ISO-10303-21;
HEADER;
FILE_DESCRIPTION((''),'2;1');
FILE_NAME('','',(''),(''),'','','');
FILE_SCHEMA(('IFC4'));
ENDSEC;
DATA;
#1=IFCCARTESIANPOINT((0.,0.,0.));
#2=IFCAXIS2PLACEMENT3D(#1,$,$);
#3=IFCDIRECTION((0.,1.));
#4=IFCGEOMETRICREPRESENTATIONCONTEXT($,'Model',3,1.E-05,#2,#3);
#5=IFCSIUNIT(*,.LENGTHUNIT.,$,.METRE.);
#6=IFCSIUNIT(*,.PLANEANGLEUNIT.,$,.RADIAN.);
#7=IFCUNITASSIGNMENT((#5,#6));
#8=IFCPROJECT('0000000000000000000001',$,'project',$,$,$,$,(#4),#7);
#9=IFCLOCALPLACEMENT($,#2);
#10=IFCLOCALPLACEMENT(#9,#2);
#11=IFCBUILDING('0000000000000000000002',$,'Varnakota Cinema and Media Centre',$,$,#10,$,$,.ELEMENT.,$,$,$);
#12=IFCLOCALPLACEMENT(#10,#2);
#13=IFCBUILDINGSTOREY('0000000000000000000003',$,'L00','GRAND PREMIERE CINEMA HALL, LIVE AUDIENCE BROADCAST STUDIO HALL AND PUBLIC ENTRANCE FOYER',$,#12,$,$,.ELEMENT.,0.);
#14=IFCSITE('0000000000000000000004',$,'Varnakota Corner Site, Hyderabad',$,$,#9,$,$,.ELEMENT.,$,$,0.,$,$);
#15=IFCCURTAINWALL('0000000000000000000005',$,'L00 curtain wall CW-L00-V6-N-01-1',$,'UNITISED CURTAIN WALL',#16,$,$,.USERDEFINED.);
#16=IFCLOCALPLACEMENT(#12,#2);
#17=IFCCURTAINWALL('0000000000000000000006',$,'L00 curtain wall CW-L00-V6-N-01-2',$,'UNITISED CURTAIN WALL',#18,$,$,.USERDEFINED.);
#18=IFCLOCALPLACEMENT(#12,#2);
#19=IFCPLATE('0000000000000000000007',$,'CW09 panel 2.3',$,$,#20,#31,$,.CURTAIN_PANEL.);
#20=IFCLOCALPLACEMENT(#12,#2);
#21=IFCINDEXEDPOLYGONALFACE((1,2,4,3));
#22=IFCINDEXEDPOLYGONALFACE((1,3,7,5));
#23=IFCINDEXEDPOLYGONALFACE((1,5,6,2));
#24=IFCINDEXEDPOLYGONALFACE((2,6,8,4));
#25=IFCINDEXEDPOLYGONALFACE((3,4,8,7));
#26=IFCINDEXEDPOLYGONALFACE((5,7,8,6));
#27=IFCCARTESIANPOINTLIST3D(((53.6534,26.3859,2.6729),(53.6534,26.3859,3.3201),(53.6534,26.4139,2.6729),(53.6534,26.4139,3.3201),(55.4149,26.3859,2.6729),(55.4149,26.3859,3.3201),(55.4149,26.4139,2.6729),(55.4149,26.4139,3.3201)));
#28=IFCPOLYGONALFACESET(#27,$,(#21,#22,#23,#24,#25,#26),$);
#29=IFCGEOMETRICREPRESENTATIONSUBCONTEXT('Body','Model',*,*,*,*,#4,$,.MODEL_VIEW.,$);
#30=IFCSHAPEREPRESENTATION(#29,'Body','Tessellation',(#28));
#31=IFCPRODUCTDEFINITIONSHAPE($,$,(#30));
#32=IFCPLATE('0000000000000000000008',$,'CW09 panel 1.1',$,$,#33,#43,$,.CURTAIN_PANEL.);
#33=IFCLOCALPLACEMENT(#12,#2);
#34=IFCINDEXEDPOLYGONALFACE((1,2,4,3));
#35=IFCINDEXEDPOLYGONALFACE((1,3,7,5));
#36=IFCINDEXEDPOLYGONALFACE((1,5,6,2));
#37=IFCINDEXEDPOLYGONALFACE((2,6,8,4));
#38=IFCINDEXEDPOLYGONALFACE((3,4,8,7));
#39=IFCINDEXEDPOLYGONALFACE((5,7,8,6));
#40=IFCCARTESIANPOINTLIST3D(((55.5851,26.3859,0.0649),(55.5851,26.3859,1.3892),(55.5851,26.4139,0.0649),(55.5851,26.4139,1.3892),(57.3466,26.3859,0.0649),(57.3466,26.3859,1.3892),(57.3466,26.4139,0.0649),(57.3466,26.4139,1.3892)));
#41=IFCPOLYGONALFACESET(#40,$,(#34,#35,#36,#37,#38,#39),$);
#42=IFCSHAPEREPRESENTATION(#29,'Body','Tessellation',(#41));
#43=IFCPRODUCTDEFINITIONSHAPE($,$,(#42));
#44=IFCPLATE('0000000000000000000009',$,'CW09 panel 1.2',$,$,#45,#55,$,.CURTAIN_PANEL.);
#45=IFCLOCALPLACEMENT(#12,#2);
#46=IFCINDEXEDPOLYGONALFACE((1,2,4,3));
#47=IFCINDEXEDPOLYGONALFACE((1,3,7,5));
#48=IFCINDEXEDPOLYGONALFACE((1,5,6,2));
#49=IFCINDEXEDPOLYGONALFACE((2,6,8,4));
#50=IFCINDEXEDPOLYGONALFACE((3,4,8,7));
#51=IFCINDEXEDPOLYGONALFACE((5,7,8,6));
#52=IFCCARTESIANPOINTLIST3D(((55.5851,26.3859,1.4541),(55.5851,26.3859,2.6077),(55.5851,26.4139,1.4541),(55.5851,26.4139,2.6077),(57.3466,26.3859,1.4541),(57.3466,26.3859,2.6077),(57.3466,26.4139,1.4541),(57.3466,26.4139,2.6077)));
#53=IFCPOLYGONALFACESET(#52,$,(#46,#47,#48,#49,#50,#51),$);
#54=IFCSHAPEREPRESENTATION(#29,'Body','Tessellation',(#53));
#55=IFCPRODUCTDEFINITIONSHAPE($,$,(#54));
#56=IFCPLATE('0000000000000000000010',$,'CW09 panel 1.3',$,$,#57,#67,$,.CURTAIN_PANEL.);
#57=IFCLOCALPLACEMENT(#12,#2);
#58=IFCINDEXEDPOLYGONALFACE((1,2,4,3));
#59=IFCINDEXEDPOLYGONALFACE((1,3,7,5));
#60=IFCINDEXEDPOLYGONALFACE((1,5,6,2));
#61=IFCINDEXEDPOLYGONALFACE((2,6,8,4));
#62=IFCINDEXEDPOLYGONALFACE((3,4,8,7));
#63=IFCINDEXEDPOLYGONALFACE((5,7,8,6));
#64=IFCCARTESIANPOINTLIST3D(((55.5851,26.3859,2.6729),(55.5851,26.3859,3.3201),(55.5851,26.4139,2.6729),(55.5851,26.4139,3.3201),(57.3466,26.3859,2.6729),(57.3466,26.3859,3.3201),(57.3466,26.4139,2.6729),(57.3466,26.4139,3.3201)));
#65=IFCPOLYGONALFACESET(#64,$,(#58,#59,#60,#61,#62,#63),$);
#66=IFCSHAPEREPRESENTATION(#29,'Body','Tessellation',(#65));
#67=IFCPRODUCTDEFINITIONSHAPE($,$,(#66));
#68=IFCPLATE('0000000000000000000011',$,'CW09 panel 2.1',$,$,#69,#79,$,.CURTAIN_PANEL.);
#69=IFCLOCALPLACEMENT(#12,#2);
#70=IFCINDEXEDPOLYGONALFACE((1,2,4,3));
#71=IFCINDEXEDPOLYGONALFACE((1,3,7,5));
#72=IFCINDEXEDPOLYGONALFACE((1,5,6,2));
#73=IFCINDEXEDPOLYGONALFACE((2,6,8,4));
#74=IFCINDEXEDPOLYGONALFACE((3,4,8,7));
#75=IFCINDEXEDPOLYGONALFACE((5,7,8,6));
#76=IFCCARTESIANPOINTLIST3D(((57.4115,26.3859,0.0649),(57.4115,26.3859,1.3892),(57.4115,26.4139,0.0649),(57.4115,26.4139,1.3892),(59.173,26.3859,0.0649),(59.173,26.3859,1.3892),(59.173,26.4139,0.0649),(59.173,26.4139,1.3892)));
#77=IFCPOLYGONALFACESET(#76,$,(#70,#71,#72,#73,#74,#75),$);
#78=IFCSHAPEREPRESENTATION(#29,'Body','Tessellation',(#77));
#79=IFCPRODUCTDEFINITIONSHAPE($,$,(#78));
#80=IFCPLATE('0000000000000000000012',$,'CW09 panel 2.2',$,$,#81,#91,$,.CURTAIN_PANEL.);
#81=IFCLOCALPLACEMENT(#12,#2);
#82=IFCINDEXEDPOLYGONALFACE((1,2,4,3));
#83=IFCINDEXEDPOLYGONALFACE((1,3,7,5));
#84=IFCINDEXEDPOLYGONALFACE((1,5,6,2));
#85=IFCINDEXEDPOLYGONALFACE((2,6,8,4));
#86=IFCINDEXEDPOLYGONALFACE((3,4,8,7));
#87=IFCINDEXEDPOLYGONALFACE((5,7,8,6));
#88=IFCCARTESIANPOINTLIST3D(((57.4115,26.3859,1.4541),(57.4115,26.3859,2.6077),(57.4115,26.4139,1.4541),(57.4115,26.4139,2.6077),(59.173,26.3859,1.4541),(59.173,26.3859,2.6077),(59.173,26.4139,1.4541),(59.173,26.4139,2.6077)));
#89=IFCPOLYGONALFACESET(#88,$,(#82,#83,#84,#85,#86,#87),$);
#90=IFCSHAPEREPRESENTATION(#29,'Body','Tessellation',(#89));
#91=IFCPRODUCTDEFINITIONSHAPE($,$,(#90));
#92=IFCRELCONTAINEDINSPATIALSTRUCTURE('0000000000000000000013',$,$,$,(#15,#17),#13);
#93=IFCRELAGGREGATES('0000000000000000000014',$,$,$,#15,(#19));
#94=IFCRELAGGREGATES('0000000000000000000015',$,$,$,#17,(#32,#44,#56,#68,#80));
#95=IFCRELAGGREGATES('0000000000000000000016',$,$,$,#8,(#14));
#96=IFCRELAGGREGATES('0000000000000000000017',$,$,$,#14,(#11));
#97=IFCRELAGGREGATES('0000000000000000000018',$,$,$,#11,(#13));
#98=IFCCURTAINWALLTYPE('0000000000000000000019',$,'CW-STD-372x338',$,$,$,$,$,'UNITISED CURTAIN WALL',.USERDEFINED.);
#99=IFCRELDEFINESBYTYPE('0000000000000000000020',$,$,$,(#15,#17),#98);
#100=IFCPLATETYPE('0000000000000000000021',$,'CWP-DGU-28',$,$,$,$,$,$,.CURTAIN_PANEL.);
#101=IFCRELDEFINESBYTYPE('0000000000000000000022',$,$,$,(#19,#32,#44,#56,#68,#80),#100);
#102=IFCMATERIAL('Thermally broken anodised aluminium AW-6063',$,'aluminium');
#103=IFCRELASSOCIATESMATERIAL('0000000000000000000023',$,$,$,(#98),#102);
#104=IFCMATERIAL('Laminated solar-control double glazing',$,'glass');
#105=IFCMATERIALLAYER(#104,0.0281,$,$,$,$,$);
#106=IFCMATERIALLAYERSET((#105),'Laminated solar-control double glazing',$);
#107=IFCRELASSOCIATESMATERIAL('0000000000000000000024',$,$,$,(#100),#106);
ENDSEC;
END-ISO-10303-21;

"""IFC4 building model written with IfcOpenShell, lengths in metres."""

from ifc_helpers import new_model, si_unit, direction, frame, origin, origin_2d, place, context, subcontext, project, spatial, rectangle, extrude, material, layer, layer_set, type_object, element, aggregate, save


model = new_model("IFC4")

# Units and contexts
model_context = context("Model", 3, precision=1e-05, world=origin(), true_north=direction((0.0, 1.0)))
body_context = subcontext(model_context, "Body", "Model", "MODEL_VIEW")
ifc_project = project(units=[si_unit("LENGTHUNIT", "METRE"), si_unit("PLANEANGLEUNIT", "RADIAN")], contexts=[model_context])

# Site, building, storey
site_placement = place(None, origin())
site = spatial("IfcSite", under=ifc_project, at=site_placement, Name="Varnakota Corner Site, Hyderabad", CompositionType="ELEMENT", RefElevation=0.0)
building_placement = place(site_placement, origin())
building = spatial("IfcBuilding", under=site, at=building_placement, Name="Varnakota Cinema and Media Centre", CompositionType="ELEMENT")
storey_placement = place(building_placement, origin())
storey = spatial("IfcBuildingStorey", under=building, at=storey_placement, Name="L00", Description="GRAND PREMIERE CINEMA HALL, LIVE AUDIENCE BROADCAST STUDIO HALL AND PUBLIC ENTRANCE FOYER", CompositionType="ELEMENT", Elevation=0.0)

# Curtain walls
ifc_material_1 = material(Name="Thermally broken anodised aluminium AW-6063", Category="aluminium")
curtain_wall_type_1 = type_object("IfcCurtainWallType", Name="CW-STD-372x338", ElementType="UNITISED CURTAIN WALL", PredefinedType="USERDEFINED", material=ifc_material_1)
curtain_wall_1_placement = place(storey_placement, origin())
curtain_wall_1 = element("IfcCurtainWall", 1, at=curtain_wall_1_placement, inside=storey, type_object=curtain_wall_type_1, Name="L00 curtain wall CW-L00-V6-N-01-1", ObjectType="UNITISED CURTAIN WALL", PredefinedType="USERDEFINED")
curtain_wall_2_placement = place(storey_placement, origin())
curtain_wall_2 = element("IfcCurtainWall", 2, at=curtain_wall_2_placement, inside=storey, type_object=curtain_wall_type_1, Name="L00 curtain wall CW-L00-V6-N-01-2", ObjectType="UNITISED CURTAIN WALL", PredefinedType="USERDEFINED")

# Plates
ifc_material_2 = material(Name="Laminated solar-control double glazing", Category="glass")
ifc_layer = layer(ifc_material_2, 0.0281)
ifc_layer_set = layer_set([ifc_layer], Name="Laminated solar-control double glazing")
plate_type = type_object("IfcPlateType", Name="CWP-DGU-28", PredefinedType="CURTAIN_PANEL", material=ifc_layer_set)
plate_1_placement = place(storey_placement, frame((54.5342, 26.3999, 2.6729), z_axis=(0.0, 0.0, 1.0), x_axis=(1.0, 0.0, 0.0)))
plate_1 = element("IfcPlate", 3, at=plate_1_placement, type_object=plate_type, Name="CW09 panel 2.3", PredefinedType="CURTAIN_PANEL", context=body_context, shape_type="SweptSolid", body=[
    extrude(rectangle(XDim=1.7615, YDim=0.0281, at=origin_2d()), origin(), (0.0, 0.0, 1.0), 0.6472),
])
aggregate(curtain_wall_1, [plate_1])
plate_2_placement = place(storey_placement, frame((56.4658, 26.3999, 0.0649), z_axis=(0.0, 0.0, 1.0), x_axis=(1.0, 0.0, 0.0)))
plate_2 = element("IfcPlate", 4, at=plate_2_placement, type_object=plate_type, Name="CW09 panel 1.1", PredefinedType="CURTAIN_PANEL", context=body_context, shape_type="SweptSolid", body=[
    extrude(rectangle(XDim=1.7615, YDim=0.0281, at=origin_2d()), origin(), (0.0, 0.0, 1.0), 1.3242),
])
plate_3_placement = place(storey_placement, frame((56.4658, 26.3999, 1.4541), z_axis=(0.0, 0.0, 1.0), x_axis=(1.0, 0.0, 0.0)))
plate_3 = element("IfcPlate", 5, at=plate_3_placement, type_object=plate_type, Name="CW09 panel 1.2", PredefinedType="CURTAIN_PANEL", context=body_context, shape_type="SweptSolid", body=[
    extrude(rectangle(XDim=1.7615, YDim=0.0281, at=origin_2d()), origin(), (0.0, 0.0, 1.0), 1.1536),
])
plate_4_placement = place(storey_placement, frame((56.4658, 26.3999, 2.6729), z_axis=(0.0, 0.0, 1.0), x_axis=(1.0, 0.0, 0.0)))
plate_4 = element("IfcPlate", 6, at=plate_4_placement, type_object=plate_type, Name="CW09 panel 1.3", PredefinedType="CURTAIN_PANEL", context=body_context, shape_type="SweptSolid", body=[
    extrude(rectangle(XDim=1.7615, YDim=0.0281, at=origin_2d()), origin(), (0.0, 0.0, 1.0), 0.6472),
])
plate_5_placement = place(storey_placement, frame((58.2922, 26.3999, 0.0649), z_axis=(0.0, 0.0, 1.0), x_axis=(1.0, 0.0, 0.0)))
plate_5 = element("IfcPlate", 7, at=plate_5_placement, type_object=plate_type, Name="CW09 panel 2.1", PredefinedType="CURTAIN_PANEL", context=body_context, shape_type="SweptSolid", body=[
    extrude(rectangle(XDim=1.7615, YDim=0.0281, at=origin_2d()), origin(), (0.0, 0.0, 1.0), 1.3242),
])
plate_6_placement = place(storey_placement, frame((58.2922, 26.3999, 1.4541), z_axis=(0.0, 0.0, 1.0), x_axis=(1.0, 0.0, 0.0)))
plate_6 = element("IfcPlate", 8, at=plate_6_placement, type_object=plate_type, Name="CW09 panel 2.2", PredefinedType="CURTAIN_PANEL", context=body_context, shape_type="SweptSolid", body=[
    extrude(rectangle(XDim=1.7615, YDim=0.0281, at=origin_2d()), origin(), (0.0, 0.0, 1.0), 1.1536),
])
aggregate(curtain_wall_2, [plate_2, plate_3, plate_4, plate_5, plate_6])

save(model, "model.ifc")
